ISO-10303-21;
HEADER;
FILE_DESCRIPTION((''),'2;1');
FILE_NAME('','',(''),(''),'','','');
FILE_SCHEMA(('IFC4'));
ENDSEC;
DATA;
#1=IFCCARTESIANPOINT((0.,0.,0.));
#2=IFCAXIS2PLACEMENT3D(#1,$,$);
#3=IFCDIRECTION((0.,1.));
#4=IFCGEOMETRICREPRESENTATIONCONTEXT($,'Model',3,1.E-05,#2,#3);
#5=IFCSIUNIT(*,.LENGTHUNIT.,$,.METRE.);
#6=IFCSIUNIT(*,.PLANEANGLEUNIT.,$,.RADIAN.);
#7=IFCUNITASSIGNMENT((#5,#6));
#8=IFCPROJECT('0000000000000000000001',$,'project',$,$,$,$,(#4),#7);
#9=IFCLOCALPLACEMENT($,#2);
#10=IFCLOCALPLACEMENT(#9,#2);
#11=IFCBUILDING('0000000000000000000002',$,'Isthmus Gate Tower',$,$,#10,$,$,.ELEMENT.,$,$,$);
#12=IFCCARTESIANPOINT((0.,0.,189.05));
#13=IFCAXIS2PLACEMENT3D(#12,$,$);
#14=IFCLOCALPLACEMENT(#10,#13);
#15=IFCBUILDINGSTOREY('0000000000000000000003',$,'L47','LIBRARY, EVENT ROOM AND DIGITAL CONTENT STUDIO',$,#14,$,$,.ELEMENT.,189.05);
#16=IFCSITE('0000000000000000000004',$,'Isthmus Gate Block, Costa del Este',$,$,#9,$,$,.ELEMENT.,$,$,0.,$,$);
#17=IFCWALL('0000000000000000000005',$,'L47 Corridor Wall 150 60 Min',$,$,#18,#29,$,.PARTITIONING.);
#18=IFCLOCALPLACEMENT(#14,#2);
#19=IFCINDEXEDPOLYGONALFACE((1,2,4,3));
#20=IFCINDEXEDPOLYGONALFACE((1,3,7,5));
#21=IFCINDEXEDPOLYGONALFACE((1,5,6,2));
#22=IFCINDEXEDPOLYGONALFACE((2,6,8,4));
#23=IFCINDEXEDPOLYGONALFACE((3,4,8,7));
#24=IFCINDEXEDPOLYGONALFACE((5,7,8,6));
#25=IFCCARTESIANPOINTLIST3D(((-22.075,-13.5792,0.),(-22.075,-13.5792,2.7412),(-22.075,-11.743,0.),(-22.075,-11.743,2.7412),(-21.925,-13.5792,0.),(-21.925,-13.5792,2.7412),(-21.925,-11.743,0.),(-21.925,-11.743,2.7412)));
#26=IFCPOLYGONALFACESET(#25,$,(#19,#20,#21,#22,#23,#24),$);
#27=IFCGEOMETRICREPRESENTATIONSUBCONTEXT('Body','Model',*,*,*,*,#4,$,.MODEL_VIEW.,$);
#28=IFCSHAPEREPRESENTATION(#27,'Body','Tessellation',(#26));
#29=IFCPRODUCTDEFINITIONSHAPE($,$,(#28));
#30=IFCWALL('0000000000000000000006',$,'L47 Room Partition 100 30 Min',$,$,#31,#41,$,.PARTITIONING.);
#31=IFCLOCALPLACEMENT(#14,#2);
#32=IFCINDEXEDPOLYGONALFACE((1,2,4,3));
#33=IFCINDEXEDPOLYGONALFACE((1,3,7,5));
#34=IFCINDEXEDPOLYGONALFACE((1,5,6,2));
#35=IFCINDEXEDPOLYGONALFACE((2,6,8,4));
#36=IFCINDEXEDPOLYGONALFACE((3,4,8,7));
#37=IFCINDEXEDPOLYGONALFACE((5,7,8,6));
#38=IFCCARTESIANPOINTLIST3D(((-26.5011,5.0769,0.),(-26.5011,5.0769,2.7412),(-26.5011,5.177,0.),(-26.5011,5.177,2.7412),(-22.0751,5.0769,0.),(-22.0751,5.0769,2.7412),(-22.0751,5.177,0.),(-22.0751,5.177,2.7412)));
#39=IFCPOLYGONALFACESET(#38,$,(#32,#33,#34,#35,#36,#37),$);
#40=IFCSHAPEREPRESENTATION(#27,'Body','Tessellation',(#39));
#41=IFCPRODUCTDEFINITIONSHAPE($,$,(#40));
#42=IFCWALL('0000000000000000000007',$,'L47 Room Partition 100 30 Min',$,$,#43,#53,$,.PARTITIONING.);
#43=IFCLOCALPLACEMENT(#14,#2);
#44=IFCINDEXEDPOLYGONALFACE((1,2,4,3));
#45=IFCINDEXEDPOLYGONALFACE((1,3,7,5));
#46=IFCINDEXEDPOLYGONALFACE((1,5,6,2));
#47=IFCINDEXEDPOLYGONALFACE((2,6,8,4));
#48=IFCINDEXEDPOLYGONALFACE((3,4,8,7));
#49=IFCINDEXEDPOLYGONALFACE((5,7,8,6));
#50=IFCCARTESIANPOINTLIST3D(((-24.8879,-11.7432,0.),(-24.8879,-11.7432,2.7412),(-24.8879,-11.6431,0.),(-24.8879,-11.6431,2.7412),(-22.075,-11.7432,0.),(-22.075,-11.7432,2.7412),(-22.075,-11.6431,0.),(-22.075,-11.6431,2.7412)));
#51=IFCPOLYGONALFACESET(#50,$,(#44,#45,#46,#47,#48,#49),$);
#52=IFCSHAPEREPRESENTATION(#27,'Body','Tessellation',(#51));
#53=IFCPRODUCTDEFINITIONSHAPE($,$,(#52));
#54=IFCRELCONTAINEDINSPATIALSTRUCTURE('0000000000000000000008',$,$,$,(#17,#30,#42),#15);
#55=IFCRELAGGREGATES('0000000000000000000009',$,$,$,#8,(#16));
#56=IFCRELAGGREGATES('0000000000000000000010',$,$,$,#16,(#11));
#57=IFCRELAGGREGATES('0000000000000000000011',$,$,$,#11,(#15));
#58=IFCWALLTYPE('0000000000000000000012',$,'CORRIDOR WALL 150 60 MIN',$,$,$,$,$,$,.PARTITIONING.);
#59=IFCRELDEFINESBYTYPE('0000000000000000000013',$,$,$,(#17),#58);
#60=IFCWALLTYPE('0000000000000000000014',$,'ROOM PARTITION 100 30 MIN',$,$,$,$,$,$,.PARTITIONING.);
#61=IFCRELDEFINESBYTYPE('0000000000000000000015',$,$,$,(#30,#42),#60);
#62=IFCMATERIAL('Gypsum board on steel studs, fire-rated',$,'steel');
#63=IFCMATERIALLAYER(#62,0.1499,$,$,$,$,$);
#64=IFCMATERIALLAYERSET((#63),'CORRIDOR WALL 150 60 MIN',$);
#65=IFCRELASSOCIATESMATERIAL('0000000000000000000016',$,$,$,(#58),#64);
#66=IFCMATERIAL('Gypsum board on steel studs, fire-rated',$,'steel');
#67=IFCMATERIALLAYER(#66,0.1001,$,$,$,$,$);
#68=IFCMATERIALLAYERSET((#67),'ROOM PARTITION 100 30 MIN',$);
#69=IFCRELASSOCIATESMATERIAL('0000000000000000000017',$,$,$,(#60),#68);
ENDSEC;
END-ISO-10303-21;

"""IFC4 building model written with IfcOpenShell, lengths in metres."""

from ifc_helpers import new_model, si_unit, direction, frame, frame_2d, origin, place, context, subcontext, project, spatial, rectangle, extrude, material, layer, layer_set, type_object, element, save


model = new_model("IFC4")

# Units and contexts
model_context = context("Model", 3, precision=1e-05, world=origin(), true_north=direction((0.0, 1.0)))
body_context = subcontext(model_context, "Body", "Model", "MODEL_VIEW")
ifc_project = project(units=[si_unit("LENGTHUNIT", "METRE"), si_unit("PLANEANGLEUNIT", "RADIAN")], contexts=[model_context])

# Site, building, storey
site_placement = place(None, origin())
site = spatial("IfcSite", under=ifc_project, at=site_placement, Name="Isthmus Gate Block, Costa del Este", CompositionType="ELEMENT", RefElevation=0.0)
building_placement = place(site_placement, origin())
building = spatial("IfcBuilding", under=site, at=building_placement, Name="Isthmus Gate Tower", CompositionType="ELEMENT")
storey_placement = place(building_placement, frame((0.0, 0.0, 189.05)))
storey = spatial("IfcBuildingStorey", under=building, at=storey_placement, Name="L47", Description="LIBRARY, EVENT ROOM AND DIGITAL CONTENT STUDIO", CompositionType="ELEMENT", Elevation=189.05)

# Shared definitions
ifc_material_1 = material(Name="Gypsum board on steel studs, fire-rated", Category="steel")
ifc_layer_1 = layer(ifc_material_1, 0.1499)
ifc_layer_set_1 = layer_set([ifc_layer_1], Name="CORRIDOR WALL 150 60 MIN")
wall_type_1 = type_object("IfcWallType", Name="CORRIDOR WALL 150 60 MIN", PredefinedType="PARTITIONING", material=ifc_layer_set_1)

# Walls
wall_1_placement = place(storey_placement, frame((-22.0, -13.5791, 0.0), z_axis=(0.0, 0.0, 1.0), x_axis=(0.0, 1.0, 0.0)))
element("IfcWall", 1, at=wall_1_placement, inside=storey, type_object=wall_type_1, Name="L47 Corridor Wall 150 60 Min", PredefinedType="PARTITIONING", context=body_context, shape_type="SweptSolid", body=[
    extrude(rectangle(XDim=1.8362, YDim=0.1499, at=frame_2d((0.918, 0.0))), origin(), (0.0, 0.0, 1.0), 2.7412),
])
ifc_material_2 = material(Name="Gypsum board on steel studs, fire-rated", Category="steel")
ifc_layer_2 = layer(ifc_material_2, 0.1001)
ifc_layer_set_2 = layer_set([ifc_layer_2], Name="ROOM PARTITION 100 30 MIN")
wall_type_2 = type_object("IfcWallType", Name="ROOM PARTITION 100 30 MIN", PredefinedType="PARTITIONING", material=ifc_layer_set_2)
wall_2_placement = place(storey_placement, frame((-26.501, 5.127, 0.0), z_axis=(0.0, 0.0, 1.0), x_axis=(1.0, 0.0, 0.0)))
element("IfcWall", 2, at=wall_2_placement, inside=storey, type_object=wall_type_2, Name="L47 Room Partition 100 30 Min", PredefinedType="PARTITIONING", context=body_context, shape_type="SweptSolid", body=[
    extrude(rectangle(XDim=4.426, YDim=0.1001, at=frame_2d((2.2129, 0.0))), origin(), (0.0, 0.0, 1.0), 2.7412),
])
wall_3_placement = place(storey_placement, frame((-24.8879, -11.6931, 0.0), z_axis=(0.0, 0.0, 1.0), x_axis=(1.0, 0.0, 0.0)))
element("IfcWall", 3, at=wall_3_placement, inside=storey, type_object=wall_type_2, Name="L47 Room Partition 100 30 Min", PredefinedType="PARTITIONING", context=body_context, shape_type="SweptSolid", body=[
    extrude(rectangle(XDim=2.813, YDim=0.1001, at=frame_2d((1.4065, 0.0))), origin(), (0.0, 0.0, 1.0), 2.7412),
])

save(model, "model.ifc")
